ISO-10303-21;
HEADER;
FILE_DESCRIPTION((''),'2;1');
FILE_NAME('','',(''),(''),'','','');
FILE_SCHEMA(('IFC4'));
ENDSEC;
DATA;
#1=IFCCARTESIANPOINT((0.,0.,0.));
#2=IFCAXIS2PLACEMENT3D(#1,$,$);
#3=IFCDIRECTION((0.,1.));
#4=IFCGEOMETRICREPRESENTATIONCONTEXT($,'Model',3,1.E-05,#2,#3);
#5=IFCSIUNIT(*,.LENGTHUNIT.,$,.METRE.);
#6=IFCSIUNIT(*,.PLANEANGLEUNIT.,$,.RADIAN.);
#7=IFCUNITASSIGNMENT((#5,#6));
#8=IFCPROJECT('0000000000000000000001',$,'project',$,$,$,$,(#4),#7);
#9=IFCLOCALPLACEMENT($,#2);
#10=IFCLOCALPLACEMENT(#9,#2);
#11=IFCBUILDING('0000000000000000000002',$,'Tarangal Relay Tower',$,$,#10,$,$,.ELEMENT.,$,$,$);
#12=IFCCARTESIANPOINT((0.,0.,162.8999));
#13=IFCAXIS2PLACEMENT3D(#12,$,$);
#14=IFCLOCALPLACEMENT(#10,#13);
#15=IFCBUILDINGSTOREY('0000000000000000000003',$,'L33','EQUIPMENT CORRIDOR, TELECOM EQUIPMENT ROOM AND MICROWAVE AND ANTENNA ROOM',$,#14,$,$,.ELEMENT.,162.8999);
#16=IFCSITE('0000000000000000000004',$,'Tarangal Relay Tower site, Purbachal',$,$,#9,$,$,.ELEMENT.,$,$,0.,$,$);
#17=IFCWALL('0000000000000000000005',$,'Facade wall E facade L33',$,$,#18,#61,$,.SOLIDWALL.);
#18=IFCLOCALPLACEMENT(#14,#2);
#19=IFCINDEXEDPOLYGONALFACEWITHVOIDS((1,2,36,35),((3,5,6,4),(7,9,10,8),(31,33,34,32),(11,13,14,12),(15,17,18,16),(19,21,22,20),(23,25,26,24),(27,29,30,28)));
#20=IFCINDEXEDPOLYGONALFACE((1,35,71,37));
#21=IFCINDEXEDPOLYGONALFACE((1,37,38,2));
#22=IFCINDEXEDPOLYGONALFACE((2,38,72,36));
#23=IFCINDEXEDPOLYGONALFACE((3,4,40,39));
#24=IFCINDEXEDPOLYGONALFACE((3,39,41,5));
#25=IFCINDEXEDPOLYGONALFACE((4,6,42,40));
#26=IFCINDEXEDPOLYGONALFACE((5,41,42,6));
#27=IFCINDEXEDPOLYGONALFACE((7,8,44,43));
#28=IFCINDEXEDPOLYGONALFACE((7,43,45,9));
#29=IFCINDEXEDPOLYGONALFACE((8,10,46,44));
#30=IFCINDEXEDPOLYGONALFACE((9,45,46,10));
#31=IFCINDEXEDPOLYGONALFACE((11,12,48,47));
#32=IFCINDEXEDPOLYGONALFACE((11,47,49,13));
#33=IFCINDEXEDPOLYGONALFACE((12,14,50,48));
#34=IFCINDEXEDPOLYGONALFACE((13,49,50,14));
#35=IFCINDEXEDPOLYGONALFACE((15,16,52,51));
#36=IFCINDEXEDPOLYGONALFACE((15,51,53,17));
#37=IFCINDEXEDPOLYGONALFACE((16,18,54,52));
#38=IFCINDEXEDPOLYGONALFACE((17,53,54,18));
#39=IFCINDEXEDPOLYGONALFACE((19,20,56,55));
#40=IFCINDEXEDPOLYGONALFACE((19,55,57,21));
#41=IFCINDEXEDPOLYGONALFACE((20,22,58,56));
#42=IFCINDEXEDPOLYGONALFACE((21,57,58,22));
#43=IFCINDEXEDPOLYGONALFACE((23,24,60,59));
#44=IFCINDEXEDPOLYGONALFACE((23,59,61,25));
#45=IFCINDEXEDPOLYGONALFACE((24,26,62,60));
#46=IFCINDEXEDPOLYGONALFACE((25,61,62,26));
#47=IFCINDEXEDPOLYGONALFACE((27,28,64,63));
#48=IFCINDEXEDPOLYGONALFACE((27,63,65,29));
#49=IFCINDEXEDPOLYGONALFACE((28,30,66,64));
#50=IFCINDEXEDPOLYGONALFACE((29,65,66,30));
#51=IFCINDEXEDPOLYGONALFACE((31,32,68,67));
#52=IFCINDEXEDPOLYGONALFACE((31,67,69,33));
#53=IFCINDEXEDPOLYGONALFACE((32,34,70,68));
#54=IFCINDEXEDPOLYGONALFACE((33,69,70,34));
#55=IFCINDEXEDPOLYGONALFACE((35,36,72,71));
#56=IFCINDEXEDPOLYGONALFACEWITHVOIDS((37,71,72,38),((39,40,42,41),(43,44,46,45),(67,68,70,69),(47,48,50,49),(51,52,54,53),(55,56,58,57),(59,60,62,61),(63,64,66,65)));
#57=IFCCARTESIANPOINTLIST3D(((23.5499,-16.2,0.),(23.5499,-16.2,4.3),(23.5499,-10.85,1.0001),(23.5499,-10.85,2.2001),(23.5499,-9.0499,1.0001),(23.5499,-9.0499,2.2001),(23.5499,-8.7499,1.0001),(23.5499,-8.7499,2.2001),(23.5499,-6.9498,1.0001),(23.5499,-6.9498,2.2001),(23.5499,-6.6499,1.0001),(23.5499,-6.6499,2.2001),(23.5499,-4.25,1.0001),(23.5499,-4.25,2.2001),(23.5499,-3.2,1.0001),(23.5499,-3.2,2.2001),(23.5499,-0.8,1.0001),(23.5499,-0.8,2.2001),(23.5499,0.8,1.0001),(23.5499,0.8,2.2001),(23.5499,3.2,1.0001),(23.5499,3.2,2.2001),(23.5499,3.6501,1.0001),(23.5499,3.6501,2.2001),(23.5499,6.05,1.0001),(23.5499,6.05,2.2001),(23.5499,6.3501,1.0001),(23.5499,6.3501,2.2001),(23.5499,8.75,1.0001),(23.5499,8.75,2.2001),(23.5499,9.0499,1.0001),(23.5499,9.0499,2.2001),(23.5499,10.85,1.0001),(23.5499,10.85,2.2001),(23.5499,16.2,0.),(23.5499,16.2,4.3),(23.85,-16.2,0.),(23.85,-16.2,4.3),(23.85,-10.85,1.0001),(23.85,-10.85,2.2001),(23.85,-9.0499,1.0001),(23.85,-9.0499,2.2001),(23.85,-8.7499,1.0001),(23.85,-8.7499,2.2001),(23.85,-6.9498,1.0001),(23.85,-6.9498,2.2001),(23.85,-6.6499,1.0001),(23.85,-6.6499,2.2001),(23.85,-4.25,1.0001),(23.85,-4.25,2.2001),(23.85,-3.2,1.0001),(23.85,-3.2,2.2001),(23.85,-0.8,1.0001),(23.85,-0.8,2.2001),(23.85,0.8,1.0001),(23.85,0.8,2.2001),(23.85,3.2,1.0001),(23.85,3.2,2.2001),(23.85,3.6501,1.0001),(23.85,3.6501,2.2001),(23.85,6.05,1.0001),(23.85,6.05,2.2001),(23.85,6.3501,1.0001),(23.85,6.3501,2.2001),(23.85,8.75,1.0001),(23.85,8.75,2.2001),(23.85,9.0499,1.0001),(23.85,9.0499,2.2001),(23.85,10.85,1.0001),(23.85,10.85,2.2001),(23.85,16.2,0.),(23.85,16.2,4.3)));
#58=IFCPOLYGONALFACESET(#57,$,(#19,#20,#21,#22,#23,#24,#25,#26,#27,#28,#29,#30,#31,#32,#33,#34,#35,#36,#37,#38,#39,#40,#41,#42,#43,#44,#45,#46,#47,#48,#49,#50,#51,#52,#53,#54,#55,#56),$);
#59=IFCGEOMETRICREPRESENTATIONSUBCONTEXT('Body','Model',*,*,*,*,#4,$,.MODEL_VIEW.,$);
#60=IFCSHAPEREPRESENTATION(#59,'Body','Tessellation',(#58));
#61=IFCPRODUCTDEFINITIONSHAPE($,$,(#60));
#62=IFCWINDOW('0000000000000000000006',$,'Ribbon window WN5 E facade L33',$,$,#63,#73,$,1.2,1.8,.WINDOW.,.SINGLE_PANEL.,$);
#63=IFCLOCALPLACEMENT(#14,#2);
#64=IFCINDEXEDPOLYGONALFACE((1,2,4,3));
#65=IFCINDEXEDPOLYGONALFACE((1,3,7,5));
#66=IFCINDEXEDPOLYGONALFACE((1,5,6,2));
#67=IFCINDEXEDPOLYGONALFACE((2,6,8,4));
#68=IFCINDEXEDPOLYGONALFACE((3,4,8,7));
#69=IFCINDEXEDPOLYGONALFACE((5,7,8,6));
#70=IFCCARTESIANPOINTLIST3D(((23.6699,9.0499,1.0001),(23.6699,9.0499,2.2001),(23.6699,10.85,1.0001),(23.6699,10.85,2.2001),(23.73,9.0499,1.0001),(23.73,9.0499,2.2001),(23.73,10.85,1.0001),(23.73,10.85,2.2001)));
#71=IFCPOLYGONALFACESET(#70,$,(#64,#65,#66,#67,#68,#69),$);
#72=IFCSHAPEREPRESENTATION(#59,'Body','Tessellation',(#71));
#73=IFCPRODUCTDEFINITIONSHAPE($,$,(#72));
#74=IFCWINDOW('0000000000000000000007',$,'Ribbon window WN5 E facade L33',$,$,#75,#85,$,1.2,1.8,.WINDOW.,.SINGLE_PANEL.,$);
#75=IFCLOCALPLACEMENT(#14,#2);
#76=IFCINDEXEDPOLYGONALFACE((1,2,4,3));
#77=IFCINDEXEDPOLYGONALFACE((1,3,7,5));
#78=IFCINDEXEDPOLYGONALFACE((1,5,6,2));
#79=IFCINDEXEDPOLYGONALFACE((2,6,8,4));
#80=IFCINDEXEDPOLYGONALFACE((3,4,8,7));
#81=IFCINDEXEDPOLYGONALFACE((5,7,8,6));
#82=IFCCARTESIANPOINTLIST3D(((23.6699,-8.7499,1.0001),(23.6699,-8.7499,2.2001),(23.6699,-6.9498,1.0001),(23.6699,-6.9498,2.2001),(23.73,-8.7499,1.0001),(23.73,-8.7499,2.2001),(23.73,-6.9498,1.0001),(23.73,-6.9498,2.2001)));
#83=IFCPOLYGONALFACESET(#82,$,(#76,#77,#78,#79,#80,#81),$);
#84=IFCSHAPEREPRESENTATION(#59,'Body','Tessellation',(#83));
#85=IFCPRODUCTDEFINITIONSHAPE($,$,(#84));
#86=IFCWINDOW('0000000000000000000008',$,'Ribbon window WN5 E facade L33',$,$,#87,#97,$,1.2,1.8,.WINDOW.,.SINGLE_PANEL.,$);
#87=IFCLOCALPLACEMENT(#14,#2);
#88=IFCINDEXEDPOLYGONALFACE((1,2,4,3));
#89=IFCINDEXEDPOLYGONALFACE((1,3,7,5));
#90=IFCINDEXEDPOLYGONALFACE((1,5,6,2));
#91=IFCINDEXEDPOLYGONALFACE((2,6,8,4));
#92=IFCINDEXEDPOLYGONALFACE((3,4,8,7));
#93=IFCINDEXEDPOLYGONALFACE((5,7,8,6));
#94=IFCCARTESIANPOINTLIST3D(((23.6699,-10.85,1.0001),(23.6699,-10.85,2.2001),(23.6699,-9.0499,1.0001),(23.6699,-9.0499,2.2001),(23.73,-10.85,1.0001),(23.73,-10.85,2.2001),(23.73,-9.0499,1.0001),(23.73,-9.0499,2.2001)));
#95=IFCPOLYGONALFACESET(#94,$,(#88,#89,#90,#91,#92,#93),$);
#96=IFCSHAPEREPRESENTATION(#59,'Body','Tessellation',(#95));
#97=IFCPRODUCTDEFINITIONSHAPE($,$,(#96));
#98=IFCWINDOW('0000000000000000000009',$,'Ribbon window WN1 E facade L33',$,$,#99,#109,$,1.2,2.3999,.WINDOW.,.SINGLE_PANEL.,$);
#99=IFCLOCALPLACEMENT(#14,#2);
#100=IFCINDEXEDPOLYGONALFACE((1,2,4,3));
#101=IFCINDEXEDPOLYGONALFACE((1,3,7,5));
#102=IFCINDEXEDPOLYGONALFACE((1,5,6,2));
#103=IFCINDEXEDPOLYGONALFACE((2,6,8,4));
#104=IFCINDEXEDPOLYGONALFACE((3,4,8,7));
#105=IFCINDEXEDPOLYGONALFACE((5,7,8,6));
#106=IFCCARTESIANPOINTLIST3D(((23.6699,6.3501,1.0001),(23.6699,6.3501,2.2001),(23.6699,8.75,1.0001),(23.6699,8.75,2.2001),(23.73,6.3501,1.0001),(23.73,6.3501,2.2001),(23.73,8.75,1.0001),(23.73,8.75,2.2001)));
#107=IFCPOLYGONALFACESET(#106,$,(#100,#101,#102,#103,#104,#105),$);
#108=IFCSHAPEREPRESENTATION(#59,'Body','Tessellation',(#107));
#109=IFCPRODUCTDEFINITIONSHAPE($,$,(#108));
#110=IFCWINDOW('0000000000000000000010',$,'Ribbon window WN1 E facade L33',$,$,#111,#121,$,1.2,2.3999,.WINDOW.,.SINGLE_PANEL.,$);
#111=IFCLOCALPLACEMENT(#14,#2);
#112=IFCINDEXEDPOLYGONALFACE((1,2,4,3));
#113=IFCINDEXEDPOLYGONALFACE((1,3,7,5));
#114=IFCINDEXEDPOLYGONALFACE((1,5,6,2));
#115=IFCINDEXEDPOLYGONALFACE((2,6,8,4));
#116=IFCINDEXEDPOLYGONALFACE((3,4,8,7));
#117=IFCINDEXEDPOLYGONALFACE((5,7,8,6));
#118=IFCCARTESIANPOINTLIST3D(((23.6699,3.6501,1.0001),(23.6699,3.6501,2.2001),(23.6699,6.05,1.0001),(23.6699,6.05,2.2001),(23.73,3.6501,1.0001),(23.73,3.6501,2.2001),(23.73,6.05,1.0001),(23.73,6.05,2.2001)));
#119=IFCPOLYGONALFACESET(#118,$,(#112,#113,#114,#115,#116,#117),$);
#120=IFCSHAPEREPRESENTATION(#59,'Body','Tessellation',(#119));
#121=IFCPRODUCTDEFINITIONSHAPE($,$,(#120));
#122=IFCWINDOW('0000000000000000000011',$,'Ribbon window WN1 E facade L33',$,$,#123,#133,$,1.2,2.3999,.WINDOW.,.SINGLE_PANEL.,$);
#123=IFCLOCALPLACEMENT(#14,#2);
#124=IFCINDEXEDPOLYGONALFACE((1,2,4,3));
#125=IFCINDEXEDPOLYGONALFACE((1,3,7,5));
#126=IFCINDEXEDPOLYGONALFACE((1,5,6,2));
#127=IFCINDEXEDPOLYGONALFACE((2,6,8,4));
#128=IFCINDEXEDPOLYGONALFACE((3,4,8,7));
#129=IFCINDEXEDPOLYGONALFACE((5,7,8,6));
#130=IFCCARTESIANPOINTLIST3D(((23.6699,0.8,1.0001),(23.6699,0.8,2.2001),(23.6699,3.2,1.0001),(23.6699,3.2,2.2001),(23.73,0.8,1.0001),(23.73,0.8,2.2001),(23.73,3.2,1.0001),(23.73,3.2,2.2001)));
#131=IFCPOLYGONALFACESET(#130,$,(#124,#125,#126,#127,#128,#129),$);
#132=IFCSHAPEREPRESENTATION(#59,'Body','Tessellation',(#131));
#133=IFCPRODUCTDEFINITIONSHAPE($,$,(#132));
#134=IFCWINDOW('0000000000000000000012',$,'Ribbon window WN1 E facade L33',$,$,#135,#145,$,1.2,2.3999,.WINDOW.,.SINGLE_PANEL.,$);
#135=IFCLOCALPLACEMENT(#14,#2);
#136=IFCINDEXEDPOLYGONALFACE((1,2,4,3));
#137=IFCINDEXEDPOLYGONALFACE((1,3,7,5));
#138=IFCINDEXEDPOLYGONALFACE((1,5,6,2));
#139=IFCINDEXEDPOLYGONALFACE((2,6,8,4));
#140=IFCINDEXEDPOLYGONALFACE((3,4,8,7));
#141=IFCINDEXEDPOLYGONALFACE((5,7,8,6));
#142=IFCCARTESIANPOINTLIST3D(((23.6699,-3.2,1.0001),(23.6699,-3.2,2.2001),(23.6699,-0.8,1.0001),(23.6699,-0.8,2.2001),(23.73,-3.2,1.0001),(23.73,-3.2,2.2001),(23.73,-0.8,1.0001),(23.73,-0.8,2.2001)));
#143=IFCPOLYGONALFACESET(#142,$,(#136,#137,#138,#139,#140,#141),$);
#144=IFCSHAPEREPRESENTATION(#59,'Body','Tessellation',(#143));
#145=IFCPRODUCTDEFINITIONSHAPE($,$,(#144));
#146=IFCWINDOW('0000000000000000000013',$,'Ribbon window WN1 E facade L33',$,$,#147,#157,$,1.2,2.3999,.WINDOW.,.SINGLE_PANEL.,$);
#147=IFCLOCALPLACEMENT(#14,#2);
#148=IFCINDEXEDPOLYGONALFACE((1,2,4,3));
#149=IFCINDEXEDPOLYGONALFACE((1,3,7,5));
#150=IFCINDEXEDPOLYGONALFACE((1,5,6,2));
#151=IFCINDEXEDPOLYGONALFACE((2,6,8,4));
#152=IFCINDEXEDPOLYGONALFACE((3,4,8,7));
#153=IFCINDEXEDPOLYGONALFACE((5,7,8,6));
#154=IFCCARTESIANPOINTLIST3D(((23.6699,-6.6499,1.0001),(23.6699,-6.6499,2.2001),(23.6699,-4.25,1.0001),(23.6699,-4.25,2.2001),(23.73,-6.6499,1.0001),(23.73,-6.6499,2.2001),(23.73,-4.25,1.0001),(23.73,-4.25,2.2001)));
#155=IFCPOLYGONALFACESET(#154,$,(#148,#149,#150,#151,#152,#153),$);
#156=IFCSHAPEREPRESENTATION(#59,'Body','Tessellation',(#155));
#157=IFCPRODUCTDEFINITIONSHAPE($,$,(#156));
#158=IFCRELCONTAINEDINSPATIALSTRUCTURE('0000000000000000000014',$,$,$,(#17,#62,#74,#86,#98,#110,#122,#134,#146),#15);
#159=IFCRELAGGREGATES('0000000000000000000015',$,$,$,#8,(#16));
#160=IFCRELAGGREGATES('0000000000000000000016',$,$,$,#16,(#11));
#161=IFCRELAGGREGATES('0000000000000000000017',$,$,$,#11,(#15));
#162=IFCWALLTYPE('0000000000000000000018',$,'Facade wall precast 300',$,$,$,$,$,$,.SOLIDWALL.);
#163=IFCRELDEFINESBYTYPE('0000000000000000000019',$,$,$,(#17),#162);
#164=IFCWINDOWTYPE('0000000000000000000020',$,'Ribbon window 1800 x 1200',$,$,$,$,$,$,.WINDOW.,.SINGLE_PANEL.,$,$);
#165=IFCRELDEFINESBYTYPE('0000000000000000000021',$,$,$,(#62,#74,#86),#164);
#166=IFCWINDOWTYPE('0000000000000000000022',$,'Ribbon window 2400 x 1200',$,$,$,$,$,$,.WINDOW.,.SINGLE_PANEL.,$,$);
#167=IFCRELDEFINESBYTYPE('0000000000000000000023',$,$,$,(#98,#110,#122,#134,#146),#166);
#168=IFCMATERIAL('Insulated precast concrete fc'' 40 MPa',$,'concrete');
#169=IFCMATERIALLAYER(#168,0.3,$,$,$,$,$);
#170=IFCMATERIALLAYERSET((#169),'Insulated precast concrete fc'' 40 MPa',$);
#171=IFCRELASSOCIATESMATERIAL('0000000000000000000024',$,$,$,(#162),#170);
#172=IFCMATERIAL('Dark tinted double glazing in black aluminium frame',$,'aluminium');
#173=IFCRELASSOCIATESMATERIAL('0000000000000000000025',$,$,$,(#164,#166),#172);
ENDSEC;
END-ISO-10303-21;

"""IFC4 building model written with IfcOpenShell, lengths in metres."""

from ifc_helpers import new_model, si_unit, direction, frame, frame_2d, origin, place, context, subcontext, project, spatial, rectangle, extrude, material, layer, layer_set, type_object, element, fill, save


model = new_model("IFC4")

# Units and contexts
model_context = context("Model", 3, precision=1e-05, world=origin(), true_north=direction((0.0, 1.0)))
body_context = subcontext(model_context, "Body", "Model", "MODEL_VIEW")
ifc_project = project(units=[si_unit("LENGTHUNIT", "METRE"), si_unit("PLANEANGLEUNIT", "RADIAN")], contexts=[model_context])

# Site, building, storey
site_placement = place(None, origin())
site = spatial("IfcSite", under=ifc_project, at=site_placement, Name="Tarangal Relay Tower site, Purbachal", CompositionType="ELEMENT", RefElevation=0.0)
building_placement = place(site_placement, origin())
building = spatial("IfcBuilding", under=site, at=building_placement, Name="Tarangal Relay Tower", CompositionType="ELEMENT")
storey_placement = place(building_placement, frame((0.0, 0.0, 162.8999)))
storey = spatial("IfcBuildingStorey", under=building, at=storey_placement, Name="L33", Description="EQUIPMENT CORRIDOR, TELECOM EQUIPMENT ROOM AND MICROWAVE AND ANTENNA ROOM", CompositionType="ELEMENT", Elevation=162.8999)

# Shared definitions
ifc_material_1 = material(Name="Insulated precast concrete fc' 40 MPa", Category="concrete")
ifc_layer_1 = layer(ifc_material_1, 0.3)
ifc_layer_set_1 = layer_set([ifc_layer_1], Name="Insulated precast concrete fc' 40 MPa")
wall_type_1 = type_object("IfcWallType", Name="Facade wall precast 300", PredefinedType="SOLIDWALL", material=ifc_layer_set_1)

# Wall, openings, windows
wall_1_placement = place(storey_placement, frame((23.7, 16.2, 0.0), z_axis=(0.0, 0.0, 1.0), x_axis=(0.0, -1.0, 0.0)))
wall_1 = element("IfcWall", 1, at=wall_1_placement, inside=storey, type_object=wall_type_1, Name="Facade wall E facade L33", PredefinedType="SOLIDWALL", context=body_context, shape_type="SweptSolid", body=[
    extrude(rectangle(XDim=32.3999, YDim=0.3, at=frame_2d((16.2, 0.0))), origin(), (0.0, 0.0, 1.0), 4.3),
])
opening_1_placement = place(wall_1_placement, frame((5.3501, 0.0, 1.0)))
opening_1 = element("IfcOpeningElement", 2, at=opening_1_placement, cuts=wall_1, PredefinedType="OPENING", context=body_context, shape_type="SweptSolid", body=[
    extrude(rectangle(XDim=1.8, YDim=1.2, at=frame_2d((0.8999, 0.6001))), frame((0.0, 0.1599, 0.0), z_axis=(0.0, -1.0, 0.0), x_axis=(1.0, 0.0, 0.0)), (0.0, 0.0, 1.0), 0.3201),
])
opening_2_placement = place(wall_1_placement, frame((7.45, 0.0, 1.0)))
opening_2 = element("IfcOpeningElement", 3, at=opening_2_placement, cuts=wall_1, PredefinedType="OPENING", context=body_context, shape_type="SweptSolid", body=[
    extrude(rectangle(XDim=2.3999, YDim=1.2, at=frame_2d((1.2, 0.6001))), frame((0.0, 0.1599, 0.0), z_axis=(0.0, -1.0, 0.0), x_axis=(1.0, 0.0, 0.0)), (0.0, 0.0, 1.0), 0.3201),
])
opening_3_placement = place(wall_1_placement, frame((10.1499, 0.0, 1.0)))
opening_3 = element("IfcOpeningElement", 4, at=opening_3_placement, cuts=wall_1, PredefinedType="OPENING", context=body_context, shape_type="SweptSolid", body=[
    extrude(rectangle(XDim=2.3999, YDim=1.2, at=frame_2d((1.2, 0.6001))), frame((0.0, 0.1599, 0.0), z_axis=(0.0, -1.0, 0.0), x_axis=(1.0, 0.0, 0.0)), (0.0, 0.0, 1.0), 0.3201),
])
opening_4_placement = place(wall_1_placement, frame((13.0, 0.0, 1.0)))
opening_4 = element("IfcOpeningElement", 5, at=opening_4_placement, cuts=wall_1, PredefinedType="OPENING", context=body_context, shape_type="SweptSolid", body=[
    extrude(rectangle(XDim=2.3999, YDim=1.2, at=frame_2d((1.2, 0.6001))), frame((0.0, 0.1599, 0.0), z_axis=(0.0, -1.0, 0.0), x_axis=(1.0, 0.0, 0.0)), (0.0, 0.0, 1.0), 0.3201),
])
opening_5_placement = place(wall_1_placement, frame((17.0, 0.0, 1.0)))
opening_5 = element("IfcOpeningElement", 6, at=opening_5_placement, cuts=wall_1, PredefinedType="OPENING", context=body_context, shape_type="SweptSolid", body=[
    extrude(rectangle(XDim=2.3999, YDim=1.2, at=frame_2d((1.2, 0.6001))), frame((0.0, 0.1599, 0.0), z_axis=(0.0, -1.0, 0.0), x_axis=(1.0, 0.0, 0.0)), (0.0, 0.0, 1.0), 0.3201),
])
opening_6_placement = place(wall_1_placement, frame((20.45, 0.0, 1.0)))
opening_6 = element("IfcOpeningElement", 7, at=opening_6_placement, cuts=wall_1, PredefinedType="OPENING", context=body_context, shape_type="SweptSolid", body=[
    extrude(rectangle(XDim=2.3999, YDim=1.2, at=frame_2d((1.2, 0.6001))), frame((0.0, 0.1599, 0.0), z_axis=(0.0, -1.0, 0.0), x_axis=(1.0, 0.0, 0.0)), (0.0, 0.0, 1.0), 0.3201),
])
opening_7_placement = place(wall_1_placement, frame((23.1499, 0.0, 1.0)))
opening_7 = element("IfcOpeningElement", 8, at=opening_7_placement, cuts=wall_1, PredefinedType="OPENING", context=body_context, shape_type="SweptSolid", body=[
    extrude(rectangle(XDim=1.8, YDim=1.2, at=frame_2d((0.8999, 0.6001))), frame((0.0, 0.1599, 0.0), z_axis=(0.0, -1.0, 0.0), x_axis=(1.0, 0.0, 0.0)), (0.0, 0.0, 1.0), 0.3201),
])
opening_8_placement = place(wall_1_placement, frame((25.25, 0.0, 1.0)))
opening_8 = element("IfcOpeningElement", 9, at=opening_8_placement, cuts=wall_1, PredefinedType="OPENING", context=body_context, shape_type="SweptSolid", body=[
    extrude(rectangle(XDim=1.8, YDim=1.2, at=frame_2d((0.8999, 0.6001))), frame((0.0, 0.1599, 0.0), z_axis=(0.0, -1.0, 0.0), x_axis=(1.0, 0.0, 0.0)), (0.0, 0.0, 1.0), 0.3201),
])
ifc_material_2 = material(Name="Dark tinted double glazing in black aluminium frame", Category="aluminium")
window_type_1 = type_object("IfcWindowType", Name="Ribbon window 1800 x 1200", PartitioningType="SINGLE_PANEL", PredefinedType="WINDOW", material=ifc_material_2)
window_1_placement = place(opening_1_placement, origin())
window_1 = element("IfcWindow", 10, at=window_1_placement, inside=storey, type_object=window_type_1, Name="Ribbon window WN5 E facade L33", OverallHeight=1.2, OverallWidth=1.8, PartitioningType="SINGLE_PANEL", PredefinedType="WINDOW", context=body_context, shape_type="SweptSolid", body=[
    extrude(rectangle(XDim=1.8, YDim=1.2, at=frame_2d((0.8999, 0.6001))), frame((0.0, 0.03, 0.0), z_axis=(0.0, -1.0, 0.0), x_axis=(1.0, 0.0, 0.0)), (0.0, 0.0, 1.0), 0.0601),
])
fill(opening_1, window_1)
window_2_placement = place(opening_7_placement, origin())
window_2 = element("IfcWindow", 11, at=window_2_placement, inside=storey, type_object=window_type_1, Name="Ribbon window WN5 E facade L33", OverallHeight=1.2, OverallWidth=1.8, PartitioningType="SINGLE_PANEL", PredefinedType="WINDOW", context=body_context, shape_type="SweptSolid", body=[
    extrude(rectangle(XDim=1.8, YDim=1.2, at=frame_2d((0.8999, 0.6001))), frame((0.0, 0.03, 0.0), z_axis=(0.0, -1.0, 0.0), x_axis=(1.0, 0.0, 0.0)), (0.0, 0.0, 1.0), 0.0601),
])
fill(opening_7, window_2)
window_3_placement = place(opening_8_placement, origin())
window_3 = element("IfcWindow", 12, at=window_3_placement, inside=storey, type_object=window_type_1, Name="Ribbon window WN5 E facade L33", OverallHeight=1.2, OverallWidth=1.8, PartitioningType="SINGLE_PANEL", PredefinedType="WINDOW", context=body_context, shape_type="SweptSolid", body=[
    extrude(rectangle(XDim=1.8, YDim=1.2, at=frame_2d((0.8999, 0.6001))), frame((0.0, 0.03, 0.0), z_axis=(0.0, -1.0, 0.0), x_axis=(1.0, 0.0, 0.0)), (0.0, 0.0, 1.0), 0.0601),
])
fill(opening_8, window_3)
window_type_2 = type_object("IfcWindowType", Name="Ribbon window 2400 x 1200", PartitioningType="SINGLE_PANEL", PredefinedType="WINDOW", material=ifc_material_2)
window_4_placement = place(opening_2_placement, origin())
window_4 = element("IfcWindow", 13, at=window_4_placement, inside=storey, type_object=window_type_2, Name="Ribbon window WN1 E facade L33", OverallHeight=1.2, OverallWidth=2.3999, PartitioningType="SINGLE_PANEL", PredefinedType="WINDOW", context=body_context, shape_type="SweptSolid", body=[
    extrude(rectangle(XDim=2.3999, YDim=1.2, at=frame_2d((1.2, 0.6001))), frame((0.0, 0.03, 0.0), z_axis=(0.0, -1.0, 0.0), x_axis=(1.0, 0.0, 0.0)), (0.0, 0.0, 1.0), 0.0601),
])
fill(opening_2, window_4)
window_5_placement = place(opening_3_placement, origin())
window_5 = element("IfcWindow", 14, at=window_5_placement, inside=storey, type_object=window_type_2, Name="Ribbon window WN1 E facade L33", OverallHeight=1.2, OverallWidth=2.3999, PartitioningType="SINGLE_PANEL", PredefinedType="WINDOW", context=body_context, shape_type="SweptSolid", body=[
    extrude(rectangle(XDim=2.3999, YDim=1.2, at=frame_2d((1.2, 0.6001))), frame((0.0, 0.03, 0.0), z_axis=(0.0, -1.0, 0.0), x_axis=(1.0, 0.0, 0.0)), (0.0, 0.0, 1.0), 0.0601),
])
fill(opening_3, window_5)
window_6_placement = place(opening_4_placement, origin())
window_6 = element("IfcWindow", 15, at=window_6_placement, inside=storey, type_object=window_type_2, Name="Ribbon window WN1 E facade L33", OverallHeight=1.2, OverallWidth=2.3999, PartitioningType="SINGLE_PANEL", PredefinedType="WINDOW", context=body_context, shape_type="SweptSolid", body=[
    extrude(rectangle(XDim=2.3999, YDim=1.2, at=frame_2d((1.2, 0.6001))), frame((0.0, 0.03, 0.0), z_axis=(0.0, -1.0, 0.0), x_axis=(1.0, 0.0, 0.0)), (0.0, 0.0, 1.0), 0.0601),
])
fill(opening_4, window_6)
window_7_placement = place(opening_5_placement, origin())
window_7 = element("IfcWindow", 16, at=window_7_placement, inside=storey, type_object=window_type_2, Name="Ribbon window WN1 E facade L33", OverallHeight=1.2, OverallWidth=2.3999, PartitioningType="SINGLE_PANEL", PredefinedType="WINDOW", context=body_context, shape_type="SweptSolid", body=[
    extrude(rectangle(XDim=2.3999, YDim=1.2, at=frame_2d((1.2, 0.6001))), frame((0.0, 0.03, 0.0), z_axis=(0.0, -1.0, 0.0), x_axis=(1.0, 0.0, 0.0)), (0.0, 0.0, 1.0), 0.0601),
])
fill(opening_5, window_7)
window_8_placement = place(opening_6_placement, origin())
window_8 = element("IfcWindow", 17, at=window_8_placement, inside=storey, type_object=window_type_2, Name="Ribbon window WN1 E facade L33", OverallHeight=1.2, OverallWidth=2.3999, PartitioningType="SINGLE_PANEL", PredefinedType="WINDOW", context=body_context, shape_type="SweptSolid", body=[
    extrude(rectangle(XDim=2.3999, YDim=1.2, at=frame_2d((1.2, 0.6001))), frame((0.0, 0.03, 0.0), z_axis=(0.0, -1.0, 0.0), x_axis=(1.0, 0.0, 0.0)), (0.0, 0.0, 1.0), 0.0601),
])
fill(opening_6, window_8)

save(model, "model.ifc")
